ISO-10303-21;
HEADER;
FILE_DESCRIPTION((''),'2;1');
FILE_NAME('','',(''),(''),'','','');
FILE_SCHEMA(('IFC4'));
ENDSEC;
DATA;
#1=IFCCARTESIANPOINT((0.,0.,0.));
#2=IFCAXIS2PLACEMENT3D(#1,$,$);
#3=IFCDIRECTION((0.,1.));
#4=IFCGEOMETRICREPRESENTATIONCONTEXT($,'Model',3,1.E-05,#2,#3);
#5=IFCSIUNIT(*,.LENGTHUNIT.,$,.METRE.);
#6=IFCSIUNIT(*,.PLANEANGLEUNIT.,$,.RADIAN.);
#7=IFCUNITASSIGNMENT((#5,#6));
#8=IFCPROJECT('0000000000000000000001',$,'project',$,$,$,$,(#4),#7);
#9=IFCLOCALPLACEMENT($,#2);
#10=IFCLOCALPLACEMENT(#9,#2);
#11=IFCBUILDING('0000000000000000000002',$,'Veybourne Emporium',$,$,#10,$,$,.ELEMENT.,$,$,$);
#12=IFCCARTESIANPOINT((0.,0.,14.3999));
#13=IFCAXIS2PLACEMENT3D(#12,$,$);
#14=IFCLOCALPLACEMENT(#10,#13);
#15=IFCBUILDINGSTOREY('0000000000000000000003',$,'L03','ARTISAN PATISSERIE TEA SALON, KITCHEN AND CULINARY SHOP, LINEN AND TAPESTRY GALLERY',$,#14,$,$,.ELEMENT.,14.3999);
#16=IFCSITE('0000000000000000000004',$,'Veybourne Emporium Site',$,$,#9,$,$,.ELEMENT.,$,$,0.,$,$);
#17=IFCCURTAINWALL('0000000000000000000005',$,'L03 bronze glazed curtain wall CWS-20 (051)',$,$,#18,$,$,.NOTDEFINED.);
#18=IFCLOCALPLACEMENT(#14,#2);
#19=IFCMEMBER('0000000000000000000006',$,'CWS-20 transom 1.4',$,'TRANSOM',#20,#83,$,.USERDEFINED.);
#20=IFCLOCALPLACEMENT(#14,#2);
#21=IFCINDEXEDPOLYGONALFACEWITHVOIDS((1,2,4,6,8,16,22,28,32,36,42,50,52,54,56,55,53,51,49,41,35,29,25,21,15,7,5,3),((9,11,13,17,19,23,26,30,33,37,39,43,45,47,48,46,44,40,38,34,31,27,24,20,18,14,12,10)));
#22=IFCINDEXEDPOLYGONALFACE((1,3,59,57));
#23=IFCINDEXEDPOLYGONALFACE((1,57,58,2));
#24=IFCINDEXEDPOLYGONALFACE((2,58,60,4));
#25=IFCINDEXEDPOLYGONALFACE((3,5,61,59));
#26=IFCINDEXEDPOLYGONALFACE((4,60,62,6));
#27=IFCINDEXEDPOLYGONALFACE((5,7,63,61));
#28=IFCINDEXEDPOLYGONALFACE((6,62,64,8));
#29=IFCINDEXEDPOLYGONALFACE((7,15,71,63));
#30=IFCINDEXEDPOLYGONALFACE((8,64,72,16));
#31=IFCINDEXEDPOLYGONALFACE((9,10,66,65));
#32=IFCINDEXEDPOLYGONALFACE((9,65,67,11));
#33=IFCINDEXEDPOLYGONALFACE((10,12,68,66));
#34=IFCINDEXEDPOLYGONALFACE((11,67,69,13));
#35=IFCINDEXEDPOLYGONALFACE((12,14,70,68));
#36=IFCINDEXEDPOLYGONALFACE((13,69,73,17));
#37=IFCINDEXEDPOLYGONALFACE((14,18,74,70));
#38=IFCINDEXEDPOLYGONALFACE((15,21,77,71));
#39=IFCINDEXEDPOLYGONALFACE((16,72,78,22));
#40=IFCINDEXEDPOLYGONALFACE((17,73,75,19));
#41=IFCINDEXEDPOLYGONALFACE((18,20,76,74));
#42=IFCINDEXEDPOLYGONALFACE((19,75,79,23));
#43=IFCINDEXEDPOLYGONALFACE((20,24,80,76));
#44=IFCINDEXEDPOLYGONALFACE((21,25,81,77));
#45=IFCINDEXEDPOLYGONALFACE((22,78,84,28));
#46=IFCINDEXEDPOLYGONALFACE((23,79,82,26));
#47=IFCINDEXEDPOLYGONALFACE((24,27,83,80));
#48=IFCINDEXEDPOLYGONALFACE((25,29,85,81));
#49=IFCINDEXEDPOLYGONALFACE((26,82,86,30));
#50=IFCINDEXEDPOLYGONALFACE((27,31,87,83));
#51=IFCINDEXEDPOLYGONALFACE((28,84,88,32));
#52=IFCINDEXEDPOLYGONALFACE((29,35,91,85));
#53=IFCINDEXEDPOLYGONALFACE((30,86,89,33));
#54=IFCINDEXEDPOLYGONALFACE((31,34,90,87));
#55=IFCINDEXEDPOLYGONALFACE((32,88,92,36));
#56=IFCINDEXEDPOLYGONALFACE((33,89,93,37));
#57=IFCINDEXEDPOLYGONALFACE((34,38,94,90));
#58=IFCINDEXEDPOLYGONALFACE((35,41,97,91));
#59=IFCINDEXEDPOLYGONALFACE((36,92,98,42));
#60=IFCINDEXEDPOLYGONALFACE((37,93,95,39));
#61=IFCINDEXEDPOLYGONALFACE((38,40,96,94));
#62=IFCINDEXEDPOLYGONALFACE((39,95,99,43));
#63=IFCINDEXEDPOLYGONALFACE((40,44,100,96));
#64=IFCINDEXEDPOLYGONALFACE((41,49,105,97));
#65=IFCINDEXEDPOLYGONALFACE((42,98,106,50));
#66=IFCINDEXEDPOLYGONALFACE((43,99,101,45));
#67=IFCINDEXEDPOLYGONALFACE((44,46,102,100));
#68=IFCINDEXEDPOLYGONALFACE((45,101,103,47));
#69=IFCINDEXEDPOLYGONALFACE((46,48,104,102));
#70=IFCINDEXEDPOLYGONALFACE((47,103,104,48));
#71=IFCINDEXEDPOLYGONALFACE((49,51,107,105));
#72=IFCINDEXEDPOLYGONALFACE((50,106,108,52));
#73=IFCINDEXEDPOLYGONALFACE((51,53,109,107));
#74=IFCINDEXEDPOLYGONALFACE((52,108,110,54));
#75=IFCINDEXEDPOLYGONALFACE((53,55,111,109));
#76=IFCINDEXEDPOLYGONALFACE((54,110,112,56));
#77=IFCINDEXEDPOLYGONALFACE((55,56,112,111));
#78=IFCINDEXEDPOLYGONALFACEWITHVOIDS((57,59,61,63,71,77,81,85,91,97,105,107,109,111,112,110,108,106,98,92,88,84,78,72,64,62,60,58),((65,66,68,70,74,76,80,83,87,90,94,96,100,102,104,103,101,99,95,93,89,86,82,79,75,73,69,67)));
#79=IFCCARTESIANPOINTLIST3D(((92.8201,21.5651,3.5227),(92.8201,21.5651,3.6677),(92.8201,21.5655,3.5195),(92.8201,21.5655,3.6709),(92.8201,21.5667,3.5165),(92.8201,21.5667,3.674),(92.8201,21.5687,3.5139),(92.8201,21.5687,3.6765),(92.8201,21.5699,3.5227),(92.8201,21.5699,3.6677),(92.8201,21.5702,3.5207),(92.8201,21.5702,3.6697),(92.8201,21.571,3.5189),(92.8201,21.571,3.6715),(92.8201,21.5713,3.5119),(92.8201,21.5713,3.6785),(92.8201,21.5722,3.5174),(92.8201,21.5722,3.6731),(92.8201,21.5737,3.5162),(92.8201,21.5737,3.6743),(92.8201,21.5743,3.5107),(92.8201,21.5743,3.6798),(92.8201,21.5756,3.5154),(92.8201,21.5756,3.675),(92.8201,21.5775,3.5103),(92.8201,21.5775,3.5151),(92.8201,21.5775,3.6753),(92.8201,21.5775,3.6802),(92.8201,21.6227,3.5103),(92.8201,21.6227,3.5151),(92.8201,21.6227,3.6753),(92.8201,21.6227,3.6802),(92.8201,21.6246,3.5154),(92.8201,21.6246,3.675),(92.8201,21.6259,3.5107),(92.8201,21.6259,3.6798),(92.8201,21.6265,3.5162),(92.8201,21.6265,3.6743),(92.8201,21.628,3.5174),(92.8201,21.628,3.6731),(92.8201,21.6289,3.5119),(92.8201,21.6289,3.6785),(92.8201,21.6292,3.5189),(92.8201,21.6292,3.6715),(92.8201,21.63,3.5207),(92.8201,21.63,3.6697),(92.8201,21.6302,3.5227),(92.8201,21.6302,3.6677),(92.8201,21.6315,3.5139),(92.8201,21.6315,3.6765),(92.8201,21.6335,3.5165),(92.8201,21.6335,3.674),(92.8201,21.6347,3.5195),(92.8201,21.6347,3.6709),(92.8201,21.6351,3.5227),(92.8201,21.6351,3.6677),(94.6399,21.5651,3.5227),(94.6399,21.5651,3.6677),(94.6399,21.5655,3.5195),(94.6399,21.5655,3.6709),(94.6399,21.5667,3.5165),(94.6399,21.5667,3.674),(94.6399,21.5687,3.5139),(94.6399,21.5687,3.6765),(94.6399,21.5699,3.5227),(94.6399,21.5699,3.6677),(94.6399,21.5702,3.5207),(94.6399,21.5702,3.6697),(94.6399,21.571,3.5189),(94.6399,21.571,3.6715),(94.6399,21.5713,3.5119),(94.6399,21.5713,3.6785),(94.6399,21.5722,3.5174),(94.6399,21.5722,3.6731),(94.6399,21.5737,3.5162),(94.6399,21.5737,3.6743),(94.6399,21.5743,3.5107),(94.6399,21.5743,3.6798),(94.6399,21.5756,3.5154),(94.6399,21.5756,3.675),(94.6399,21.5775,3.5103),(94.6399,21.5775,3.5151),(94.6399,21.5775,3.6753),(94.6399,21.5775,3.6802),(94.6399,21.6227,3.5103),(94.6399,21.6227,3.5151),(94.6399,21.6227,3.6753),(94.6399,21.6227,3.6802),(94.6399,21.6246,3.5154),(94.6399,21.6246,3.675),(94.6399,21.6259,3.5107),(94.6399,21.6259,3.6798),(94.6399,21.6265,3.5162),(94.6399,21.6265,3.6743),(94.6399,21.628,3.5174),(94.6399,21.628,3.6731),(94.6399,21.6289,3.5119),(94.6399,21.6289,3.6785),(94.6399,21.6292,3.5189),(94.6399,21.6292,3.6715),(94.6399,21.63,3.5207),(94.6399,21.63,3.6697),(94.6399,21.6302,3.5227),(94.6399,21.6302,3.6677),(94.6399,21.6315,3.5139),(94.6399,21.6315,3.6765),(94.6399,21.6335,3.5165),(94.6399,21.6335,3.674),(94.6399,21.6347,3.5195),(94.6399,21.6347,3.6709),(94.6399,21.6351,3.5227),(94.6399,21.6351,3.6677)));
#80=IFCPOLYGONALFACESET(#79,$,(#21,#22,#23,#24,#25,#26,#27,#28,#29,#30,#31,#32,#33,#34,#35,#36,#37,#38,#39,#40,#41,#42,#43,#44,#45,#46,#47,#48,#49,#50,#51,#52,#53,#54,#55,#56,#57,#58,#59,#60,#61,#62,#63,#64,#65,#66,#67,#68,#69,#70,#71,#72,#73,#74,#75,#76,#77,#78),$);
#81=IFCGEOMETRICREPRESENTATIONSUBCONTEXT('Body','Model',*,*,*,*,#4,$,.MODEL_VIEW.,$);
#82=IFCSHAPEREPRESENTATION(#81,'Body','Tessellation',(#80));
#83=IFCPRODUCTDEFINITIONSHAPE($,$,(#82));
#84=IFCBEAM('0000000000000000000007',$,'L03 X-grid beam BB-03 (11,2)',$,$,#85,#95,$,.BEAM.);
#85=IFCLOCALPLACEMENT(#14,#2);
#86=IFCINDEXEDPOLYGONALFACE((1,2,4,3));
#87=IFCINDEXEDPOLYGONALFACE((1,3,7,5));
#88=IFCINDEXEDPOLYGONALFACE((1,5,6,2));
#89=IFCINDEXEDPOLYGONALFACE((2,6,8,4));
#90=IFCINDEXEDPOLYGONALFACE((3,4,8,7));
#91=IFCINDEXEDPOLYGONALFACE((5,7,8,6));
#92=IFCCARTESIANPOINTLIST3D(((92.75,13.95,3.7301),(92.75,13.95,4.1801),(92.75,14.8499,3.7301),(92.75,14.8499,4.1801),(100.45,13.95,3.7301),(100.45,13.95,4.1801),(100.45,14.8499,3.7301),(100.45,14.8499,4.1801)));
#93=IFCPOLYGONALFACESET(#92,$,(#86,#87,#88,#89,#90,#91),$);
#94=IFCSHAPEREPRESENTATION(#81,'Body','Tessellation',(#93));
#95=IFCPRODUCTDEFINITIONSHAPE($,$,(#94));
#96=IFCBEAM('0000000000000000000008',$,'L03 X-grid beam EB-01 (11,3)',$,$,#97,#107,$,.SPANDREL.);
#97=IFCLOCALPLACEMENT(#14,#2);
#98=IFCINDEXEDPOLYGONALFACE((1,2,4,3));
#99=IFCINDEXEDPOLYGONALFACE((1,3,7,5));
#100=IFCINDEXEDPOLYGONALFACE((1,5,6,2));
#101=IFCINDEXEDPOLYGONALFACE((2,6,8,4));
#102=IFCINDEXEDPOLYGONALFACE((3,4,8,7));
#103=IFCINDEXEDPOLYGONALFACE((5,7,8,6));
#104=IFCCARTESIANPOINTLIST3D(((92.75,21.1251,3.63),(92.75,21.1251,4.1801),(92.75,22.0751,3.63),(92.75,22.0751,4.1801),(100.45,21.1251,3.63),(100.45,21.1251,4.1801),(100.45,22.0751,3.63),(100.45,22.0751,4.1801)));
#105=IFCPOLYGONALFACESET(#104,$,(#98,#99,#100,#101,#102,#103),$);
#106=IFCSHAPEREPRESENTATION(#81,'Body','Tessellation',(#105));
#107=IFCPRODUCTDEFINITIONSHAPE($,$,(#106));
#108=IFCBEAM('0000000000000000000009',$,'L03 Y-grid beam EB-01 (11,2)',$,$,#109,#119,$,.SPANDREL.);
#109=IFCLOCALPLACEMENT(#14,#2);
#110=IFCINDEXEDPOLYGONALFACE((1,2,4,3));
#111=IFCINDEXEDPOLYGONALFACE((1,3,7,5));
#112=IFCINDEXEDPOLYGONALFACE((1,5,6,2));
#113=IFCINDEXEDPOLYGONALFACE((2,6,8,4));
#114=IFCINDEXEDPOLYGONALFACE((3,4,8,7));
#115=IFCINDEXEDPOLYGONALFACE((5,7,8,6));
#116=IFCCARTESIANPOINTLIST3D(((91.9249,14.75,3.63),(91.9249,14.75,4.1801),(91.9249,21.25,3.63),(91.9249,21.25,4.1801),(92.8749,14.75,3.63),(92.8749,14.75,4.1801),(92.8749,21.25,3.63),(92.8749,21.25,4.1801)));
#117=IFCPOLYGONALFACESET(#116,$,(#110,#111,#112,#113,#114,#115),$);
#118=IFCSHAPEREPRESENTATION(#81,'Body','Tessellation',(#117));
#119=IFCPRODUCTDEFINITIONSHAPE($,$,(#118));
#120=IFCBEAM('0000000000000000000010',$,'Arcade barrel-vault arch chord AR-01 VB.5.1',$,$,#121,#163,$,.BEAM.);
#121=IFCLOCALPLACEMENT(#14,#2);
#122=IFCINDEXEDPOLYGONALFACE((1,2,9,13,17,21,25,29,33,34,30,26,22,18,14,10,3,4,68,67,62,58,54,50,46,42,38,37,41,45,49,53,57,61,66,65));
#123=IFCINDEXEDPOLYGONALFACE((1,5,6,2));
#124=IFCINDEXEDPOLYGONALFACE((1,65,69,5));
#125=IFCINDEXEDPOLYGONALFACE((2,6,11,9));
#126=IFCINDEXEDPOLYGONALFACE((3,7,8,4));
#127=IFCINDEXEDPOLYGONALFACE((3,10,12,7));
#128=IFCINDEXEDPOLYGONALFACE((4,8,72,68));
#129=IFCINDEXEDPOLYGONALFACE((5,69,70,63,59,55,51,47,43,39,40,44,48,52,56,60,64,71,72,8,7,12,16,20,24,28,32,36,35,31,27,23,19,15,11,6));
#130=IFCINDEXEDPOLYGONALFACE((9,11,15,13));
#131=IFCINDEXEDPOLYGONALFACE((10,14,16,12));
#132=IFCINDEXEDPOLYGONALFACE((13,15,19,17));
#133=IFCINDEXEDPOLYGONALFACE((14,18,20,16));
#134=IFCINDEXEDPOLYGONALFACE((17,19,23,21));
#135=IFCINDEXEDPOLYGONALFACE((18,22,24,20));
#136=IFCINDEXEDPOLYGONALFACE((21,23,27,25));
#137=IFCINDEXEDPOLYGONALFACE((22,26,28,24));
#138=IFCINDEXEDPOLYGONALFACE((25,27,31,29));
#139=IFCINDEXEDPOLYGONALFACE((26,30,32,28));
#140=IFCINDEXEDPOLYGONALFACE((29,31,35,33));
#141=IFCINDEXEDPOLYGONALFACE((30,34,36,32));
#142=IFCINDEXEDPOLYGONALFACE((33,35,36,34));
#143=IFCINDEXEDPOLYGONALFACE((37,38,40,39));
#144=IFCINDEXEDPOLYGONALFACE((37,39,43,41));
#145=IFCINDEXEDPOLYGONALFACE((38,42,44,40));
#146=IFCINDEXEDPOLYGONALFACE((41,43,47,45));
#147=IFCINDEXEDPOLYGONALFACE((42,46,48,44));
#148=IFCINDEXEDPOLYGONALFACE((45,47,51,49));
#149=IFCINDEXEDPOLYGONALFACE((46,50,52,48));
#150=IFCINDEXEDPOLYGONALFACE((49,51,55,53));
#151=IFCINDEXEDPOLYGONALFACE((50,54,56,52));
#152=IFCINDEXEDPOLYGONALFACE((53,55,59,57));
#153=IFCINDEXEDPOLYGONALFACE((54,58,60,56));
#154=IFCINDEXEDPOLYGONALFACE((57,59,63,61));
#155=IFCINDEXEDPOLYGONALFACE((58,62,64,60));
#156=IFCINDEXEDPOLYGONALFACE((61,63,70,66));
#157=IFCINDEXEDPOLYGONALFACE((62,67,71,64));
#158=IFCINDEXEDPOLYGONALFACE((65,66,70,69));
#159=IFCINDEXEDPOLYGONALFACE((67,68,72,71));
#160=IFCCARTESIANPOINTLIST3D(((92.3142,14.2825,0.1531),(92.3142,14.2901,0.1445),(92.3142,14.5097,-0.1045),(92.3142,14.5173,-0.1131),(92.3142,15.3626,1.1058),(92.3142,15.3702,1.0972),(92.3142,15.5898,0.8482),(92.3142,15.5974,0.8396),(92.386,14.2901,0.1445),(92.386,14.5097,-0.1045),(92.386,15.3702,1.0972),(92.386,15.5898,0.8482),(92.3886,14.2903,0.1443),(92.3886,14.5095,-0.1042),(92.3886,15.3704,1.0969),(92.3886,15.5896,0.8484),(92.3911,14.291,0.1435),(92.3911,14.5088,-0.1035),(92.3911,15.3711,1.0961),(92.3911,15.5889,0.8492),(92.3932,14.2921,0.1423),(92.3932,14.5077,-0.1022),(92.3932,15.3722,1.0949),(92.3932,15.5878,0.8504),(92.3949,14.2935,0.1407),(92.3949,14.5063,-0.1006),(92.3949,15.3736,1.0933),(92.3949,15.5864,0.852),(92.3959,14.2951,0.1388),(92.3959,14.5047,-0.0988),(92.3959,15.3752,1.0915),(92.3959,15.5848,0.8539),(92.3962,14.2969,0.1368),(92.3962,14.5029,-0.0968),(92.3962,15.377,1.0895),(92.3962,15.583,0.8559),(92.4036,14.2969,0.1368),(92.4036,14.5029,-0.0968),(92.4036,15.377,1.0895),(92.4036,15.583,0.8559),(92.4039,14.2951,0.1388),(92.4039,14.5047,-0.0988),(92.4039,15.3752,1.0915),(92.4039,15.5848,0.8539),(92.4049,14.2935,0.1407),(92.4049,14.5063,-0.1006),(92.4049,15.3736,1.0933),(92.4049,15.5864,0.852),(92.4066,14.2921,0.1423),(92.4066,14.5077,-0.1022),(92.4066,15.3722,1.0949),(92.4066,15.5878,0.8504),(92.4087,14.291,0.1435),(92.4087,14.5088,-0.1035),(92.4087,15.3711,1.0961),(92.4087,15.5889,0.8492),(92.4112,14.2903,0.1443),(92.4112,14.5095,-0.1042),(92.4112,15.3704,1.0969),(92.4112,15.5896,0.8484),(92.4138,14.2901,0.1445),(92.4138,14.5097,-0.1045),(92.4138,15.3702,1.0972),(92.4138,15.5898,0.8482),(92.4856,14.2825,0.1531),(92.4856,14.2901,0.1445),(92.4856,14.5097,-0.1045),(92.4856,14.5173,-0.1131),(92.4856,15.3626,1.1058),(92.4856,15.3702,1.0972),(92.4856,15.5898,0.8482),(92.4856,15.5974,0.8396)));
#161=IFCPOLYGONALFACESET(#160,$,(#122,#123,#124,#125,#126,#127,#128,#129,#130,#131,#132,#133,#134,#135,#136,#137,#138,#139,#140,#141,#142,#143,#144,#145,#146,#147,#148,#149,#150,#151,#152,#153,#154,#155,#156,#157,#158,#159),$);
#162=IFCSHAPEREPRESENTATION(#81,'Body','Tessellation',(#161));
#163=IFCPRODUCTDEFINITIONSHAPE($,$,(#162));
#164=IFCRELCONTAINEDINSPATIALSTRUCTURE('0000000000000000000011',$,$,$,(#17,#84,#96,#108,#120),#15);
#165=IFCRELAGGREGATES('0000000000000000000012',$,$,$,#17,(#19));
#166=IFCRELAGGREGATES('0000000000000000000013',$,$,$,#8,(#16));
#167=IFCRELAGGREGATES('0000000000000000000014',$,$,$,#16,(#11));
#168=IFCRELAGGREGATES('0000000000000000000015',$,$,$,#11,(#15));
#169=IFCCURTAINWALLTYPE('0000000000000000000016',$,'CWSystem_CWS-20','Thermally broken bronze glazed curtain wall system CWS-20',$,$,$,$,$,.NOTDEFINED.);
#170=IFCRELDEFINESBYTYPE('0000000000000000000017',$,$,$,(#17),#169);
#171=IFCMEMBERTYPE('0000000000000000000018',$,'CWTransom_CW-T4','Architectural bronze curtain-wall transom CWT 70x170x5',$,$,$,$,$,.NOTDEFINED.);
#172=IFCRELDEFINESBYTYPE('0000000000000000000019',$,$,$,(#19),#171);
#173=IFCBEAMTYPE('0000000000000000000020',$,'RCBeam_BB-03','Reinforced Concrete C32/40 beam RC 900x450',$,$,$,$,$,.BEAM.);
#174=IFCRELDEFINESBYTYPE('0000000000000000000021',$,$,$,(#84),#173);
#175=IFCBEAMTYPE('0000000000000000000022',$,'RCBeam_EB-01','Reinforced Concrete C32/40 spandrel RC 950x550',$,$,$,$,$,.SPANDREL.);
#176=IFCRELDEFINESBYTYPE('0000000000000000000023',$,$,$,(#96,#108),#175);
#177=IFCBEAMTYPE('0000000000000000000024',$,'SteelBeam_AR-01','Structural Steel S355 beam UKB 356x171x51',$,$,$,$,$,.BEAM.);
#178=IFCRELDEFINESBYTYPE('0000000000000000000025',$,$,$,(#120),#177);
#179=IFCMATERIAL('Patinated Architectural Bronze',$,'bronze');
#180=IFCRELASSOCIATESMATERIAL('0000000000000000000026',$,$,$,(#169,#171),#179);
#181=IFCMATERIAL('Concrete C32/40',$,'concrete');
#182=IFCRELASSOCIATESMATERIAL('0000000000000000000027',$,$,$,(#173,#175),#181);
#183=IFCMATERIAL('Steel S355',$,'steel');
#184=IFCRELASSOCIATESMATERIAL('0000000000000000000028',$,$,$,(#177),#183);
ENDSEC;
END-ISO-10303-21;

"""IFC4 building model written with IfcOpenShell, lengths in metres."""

from ifc_helpers import new_model, si_unit, direction, frame, origin, origin_2d, place, context, subcontext, project, spatial, rectangle, hollow_rectangle, i_section, extrude, material, material_profile, profile_set, type_object, element, aggregate, save


model = new_model("IFC4")

# Units and contexts
model_context = context("Model", 3, precision=1e-05, world=origin(), true_north=direction((0.0, 1.0)))
body_context = subcontext(model_context, "Body", "Model", "MODEL_VIEW")
ifc_project = project(units=[si_unit("LENGTHUNIT", "METRE"), si_unit("PLANEANGLEUNIT", "RADIAN")], contexts=[model_context])

# Site, building, storey
site_placement = place(None, origin())
site = spatial("IfcSite", under=ifc_project, at=site_placement, Name="Veybourne Emporium Site", CompositionType="ELEMENT", RefElevation=0.0)
building_placement = place(site_placement, origin())
building = spatial("IfcBuilding", under=site, at=building_placement, Name="Veybourne Emporium", CompositionType="ELEMENT")
storey_placement = place(building_placement, frame((0.0, 0.0, 14.3999)))
storey = spatial("IfcBuildingStorey", under=building, at=storey_placement, Name="L03", Description="ARTISAN PATISSERIE TEA SALON, KITCHEN AND CULINARY SHOP, LINEN AND TAPESTRY GALLERY", CompositionType="ELEMENT", Elevation=14.3999)

# Curtain wall, member
ifc_material_1 = material(Name="Patinated Architectural Bronze", Category="bronze")
curtain_wall_type = type_object("IfcCurtainWallType", Name="CWSystem_CWS-20", Description="Thermally broken bronze glazed curtain wall system CWS-20", PredefinedType="NOTDEFINED", material=ifc_material_1)
curtain_wall_placement = place(storey_placement, origin())
curtain_wall = element("IfcCurtainWall", 1, at=curtain_wall_placement, inside=storey, type_object=curtain_wall_type, Name="L03 bronze glazed curtain wall CWS-20 (051)", PredefinedType="NOTDEFINED")
ifc_material_profile_1 = material_profile(ifc_material_1, hollow_rectangle(XDim=0.0701, YDim=0.1699, WallThickness=0.0049, InnerFilletRadius=0.0076, OuterFilletRadius=0.0125, at=origin_2d()), Name="CWT 70x170x5")
ifc_profile_set_1 = profile_set([ifc_material_profile_1], Name="Patinated Architectural Bronze")
member_type_1 = type_object("IfcMemberType", Name="CWTransom_CW-T4", Description="Architectural bronze curtain-wall transom CWT 70x170x5", PredefinedType="NOTDEFINED", material=ifc_profile_set_1)
member_1_placement = place(storey_placement, frame((92.8201, 21.6001, 3.5952), z_axis=(1.0, 0.0, 0.0), x_axis=(0.0, 1.0, 0.0)))
member_1 = element("IfcMember", 2, at=member_1_placement, type_object=member_type_1, Name="CWS-20 transom 1.4", ObjectType="TRANSOM", PredefinedType="USERDEFINED", context=body_context, shape_type="SweptSolid", body=[
    extrude(hollow_rectangle(XDim=0.0701, YDim=0.1699, WallThickness=0.0049, InnerFilletRadius=0.0076, OuterFilletRadius=0.0125, at=origin_2d()), origin(), (0.0, 0.0, 1.0), 1.8198),
])

# Beams
ifc_material_2 = material(Name="Concrete C32/40", Category="concrete")
ifc_material_profile_2 = material_profile(ifc_material_2, rectangle(XDim=0.8999, YDim=0.45, at=origin_2d()), Name="RC 900x450")
ifc_profile_set_2 = profile_set([ifc_material_profile_2], Name="Concrete C32/40")
beam_type_1 = type_object("IfcBeamType", Name="RCBeam_BB-03", Description="Reinforced Concrete C32/40 beam RC 900x450", PredefinedType="BEAM", material=ifc_profile_set_2)
beam_1_placement = place(storey_placement, frame((92.75, 14.3999, 3.9551), z_axis=(1.0, 0.0, 0.0), x_axis=(0.0, 1.0, 0.0)))
element("IfcBeam", 3, at=beam_1_placement, inside=storey, type_object=beam_type_1, Name="L03 X-grid beam BB-03 (11,2)", PredefinedType="BEAM", context=body_context, shape_type="SweptSolid", body=[
    extrude(rectangle(XDim=0.8999, YDim=0.45, at=origin_2d()), origin(), (0.0, 0.0, 1.0), 7.7),
])
ifc_material_profile_3 = material_profile(ifc_material_2, rectangle(XDim=0.95, YDim=0.55, at=origin_2d()), Name="RC 950x550")
ifc_profile_set_3 = profile_set([ifc_material_profile_3], Name="Concrete C32/40")
beam_type_2 = type_object("IfcBeamType", Name="RCBeam_EB-01", Description="Reinforced Concrete C32/40 spandrel RC 950x550", PredefinedType="SPANDREL", material=ifc_profile_set_3)
beam_2_placement = place(storey_placement, frame((92.75, 21.6001, 3.905), z_axis=(1.0, 0.0, 0.0), x_axis=(0.0, 1.0, 0.0)))
element("IfcBeam", 4, at=beam_2_placement, inside=storey, type_object=beam_type_2, Name="L03 X-grid beam EB-01 (11,3)", PredefinedType="SPANDREL", context=body_context, shape_type="SweptSolid", body=[
    extrude(rectangle(XDim=0.95, YDim=0.55, at=origin_2d()), origin(), (0.0, 0.0, 1.0), 7.7),
])
beam_3_placement = place(storey_placement, frame((92.3999, 14.75, 3.905), z_axis=(0.0, 1.0, 0.0), x_axis=(-1.0, 0.0, 0.0)))
element("IfcBeam", 5, at=beam_3_placement, inside=storey, type_object=beam_type_2, Name="L03 Y-grid beam EB-01 (11,2)", PredefinedType="SPANDREL", context=body_context, shape_type="SweptSolid", body=[
    extrude(rectangle(XDim=0.95, YDim=0.55, at=origin_2d()), origin(), (0.0, 0.0, 1.0), 6.5),
])
ifc_material_3 = material(Name="Steel S355", Category="steel")
ifc_material_profile_4 = material_profile(ifc_material_3, i_section(OverallWidth=0.1714, OverallDepth=0.355, WebThickness=0.0073, FlangeThickness=0.0115, FilletRadius=0.0103, at=origin_2d()), Name="UKB 356x171x51")
ifc_profile_set_4 = profile_set([ifc_material_profile_4], Name="Steel S355")
beam_type_3 = type_object("IfcBeamType", Name="SteelBeam_AR-01", Description="Structural Steel S355 beam UKB 356x171x51", PredefinedType="BEAM", material=ifc_profile_set_4)
for number, where, z_axis, x_axis, name in (
    (6, (92.3999, 14.3999, 0.02), (0.0, 0.749966, 0.661476), (-1.0, 0.0, 0.0), "Arcade barrel-vault arch chord AR-01 VB.5.1"),
):
    element("IfcBeam", number, at=place(storey_placement, frame(where, z_axis=z_axis, x_axis=x_axis)), inside=storey, type_object=beam_type_3, Name=name, PredefinedType="BEAM", context=body_context, shape_type="SweptSolid", body=[
        extrude(i_section(OverallWidth=0.1714, OverallDepth=0.355, WebThickness=0.0073, FlangeThickness=0.0115, FilletRadius=0.0103, at=origin_2d()), origin(), (0.0, 0.0, 1.0), 1.4402),
    ])

aggregate(curtain_wall, [member_1])

save(model, "model.ifc")
